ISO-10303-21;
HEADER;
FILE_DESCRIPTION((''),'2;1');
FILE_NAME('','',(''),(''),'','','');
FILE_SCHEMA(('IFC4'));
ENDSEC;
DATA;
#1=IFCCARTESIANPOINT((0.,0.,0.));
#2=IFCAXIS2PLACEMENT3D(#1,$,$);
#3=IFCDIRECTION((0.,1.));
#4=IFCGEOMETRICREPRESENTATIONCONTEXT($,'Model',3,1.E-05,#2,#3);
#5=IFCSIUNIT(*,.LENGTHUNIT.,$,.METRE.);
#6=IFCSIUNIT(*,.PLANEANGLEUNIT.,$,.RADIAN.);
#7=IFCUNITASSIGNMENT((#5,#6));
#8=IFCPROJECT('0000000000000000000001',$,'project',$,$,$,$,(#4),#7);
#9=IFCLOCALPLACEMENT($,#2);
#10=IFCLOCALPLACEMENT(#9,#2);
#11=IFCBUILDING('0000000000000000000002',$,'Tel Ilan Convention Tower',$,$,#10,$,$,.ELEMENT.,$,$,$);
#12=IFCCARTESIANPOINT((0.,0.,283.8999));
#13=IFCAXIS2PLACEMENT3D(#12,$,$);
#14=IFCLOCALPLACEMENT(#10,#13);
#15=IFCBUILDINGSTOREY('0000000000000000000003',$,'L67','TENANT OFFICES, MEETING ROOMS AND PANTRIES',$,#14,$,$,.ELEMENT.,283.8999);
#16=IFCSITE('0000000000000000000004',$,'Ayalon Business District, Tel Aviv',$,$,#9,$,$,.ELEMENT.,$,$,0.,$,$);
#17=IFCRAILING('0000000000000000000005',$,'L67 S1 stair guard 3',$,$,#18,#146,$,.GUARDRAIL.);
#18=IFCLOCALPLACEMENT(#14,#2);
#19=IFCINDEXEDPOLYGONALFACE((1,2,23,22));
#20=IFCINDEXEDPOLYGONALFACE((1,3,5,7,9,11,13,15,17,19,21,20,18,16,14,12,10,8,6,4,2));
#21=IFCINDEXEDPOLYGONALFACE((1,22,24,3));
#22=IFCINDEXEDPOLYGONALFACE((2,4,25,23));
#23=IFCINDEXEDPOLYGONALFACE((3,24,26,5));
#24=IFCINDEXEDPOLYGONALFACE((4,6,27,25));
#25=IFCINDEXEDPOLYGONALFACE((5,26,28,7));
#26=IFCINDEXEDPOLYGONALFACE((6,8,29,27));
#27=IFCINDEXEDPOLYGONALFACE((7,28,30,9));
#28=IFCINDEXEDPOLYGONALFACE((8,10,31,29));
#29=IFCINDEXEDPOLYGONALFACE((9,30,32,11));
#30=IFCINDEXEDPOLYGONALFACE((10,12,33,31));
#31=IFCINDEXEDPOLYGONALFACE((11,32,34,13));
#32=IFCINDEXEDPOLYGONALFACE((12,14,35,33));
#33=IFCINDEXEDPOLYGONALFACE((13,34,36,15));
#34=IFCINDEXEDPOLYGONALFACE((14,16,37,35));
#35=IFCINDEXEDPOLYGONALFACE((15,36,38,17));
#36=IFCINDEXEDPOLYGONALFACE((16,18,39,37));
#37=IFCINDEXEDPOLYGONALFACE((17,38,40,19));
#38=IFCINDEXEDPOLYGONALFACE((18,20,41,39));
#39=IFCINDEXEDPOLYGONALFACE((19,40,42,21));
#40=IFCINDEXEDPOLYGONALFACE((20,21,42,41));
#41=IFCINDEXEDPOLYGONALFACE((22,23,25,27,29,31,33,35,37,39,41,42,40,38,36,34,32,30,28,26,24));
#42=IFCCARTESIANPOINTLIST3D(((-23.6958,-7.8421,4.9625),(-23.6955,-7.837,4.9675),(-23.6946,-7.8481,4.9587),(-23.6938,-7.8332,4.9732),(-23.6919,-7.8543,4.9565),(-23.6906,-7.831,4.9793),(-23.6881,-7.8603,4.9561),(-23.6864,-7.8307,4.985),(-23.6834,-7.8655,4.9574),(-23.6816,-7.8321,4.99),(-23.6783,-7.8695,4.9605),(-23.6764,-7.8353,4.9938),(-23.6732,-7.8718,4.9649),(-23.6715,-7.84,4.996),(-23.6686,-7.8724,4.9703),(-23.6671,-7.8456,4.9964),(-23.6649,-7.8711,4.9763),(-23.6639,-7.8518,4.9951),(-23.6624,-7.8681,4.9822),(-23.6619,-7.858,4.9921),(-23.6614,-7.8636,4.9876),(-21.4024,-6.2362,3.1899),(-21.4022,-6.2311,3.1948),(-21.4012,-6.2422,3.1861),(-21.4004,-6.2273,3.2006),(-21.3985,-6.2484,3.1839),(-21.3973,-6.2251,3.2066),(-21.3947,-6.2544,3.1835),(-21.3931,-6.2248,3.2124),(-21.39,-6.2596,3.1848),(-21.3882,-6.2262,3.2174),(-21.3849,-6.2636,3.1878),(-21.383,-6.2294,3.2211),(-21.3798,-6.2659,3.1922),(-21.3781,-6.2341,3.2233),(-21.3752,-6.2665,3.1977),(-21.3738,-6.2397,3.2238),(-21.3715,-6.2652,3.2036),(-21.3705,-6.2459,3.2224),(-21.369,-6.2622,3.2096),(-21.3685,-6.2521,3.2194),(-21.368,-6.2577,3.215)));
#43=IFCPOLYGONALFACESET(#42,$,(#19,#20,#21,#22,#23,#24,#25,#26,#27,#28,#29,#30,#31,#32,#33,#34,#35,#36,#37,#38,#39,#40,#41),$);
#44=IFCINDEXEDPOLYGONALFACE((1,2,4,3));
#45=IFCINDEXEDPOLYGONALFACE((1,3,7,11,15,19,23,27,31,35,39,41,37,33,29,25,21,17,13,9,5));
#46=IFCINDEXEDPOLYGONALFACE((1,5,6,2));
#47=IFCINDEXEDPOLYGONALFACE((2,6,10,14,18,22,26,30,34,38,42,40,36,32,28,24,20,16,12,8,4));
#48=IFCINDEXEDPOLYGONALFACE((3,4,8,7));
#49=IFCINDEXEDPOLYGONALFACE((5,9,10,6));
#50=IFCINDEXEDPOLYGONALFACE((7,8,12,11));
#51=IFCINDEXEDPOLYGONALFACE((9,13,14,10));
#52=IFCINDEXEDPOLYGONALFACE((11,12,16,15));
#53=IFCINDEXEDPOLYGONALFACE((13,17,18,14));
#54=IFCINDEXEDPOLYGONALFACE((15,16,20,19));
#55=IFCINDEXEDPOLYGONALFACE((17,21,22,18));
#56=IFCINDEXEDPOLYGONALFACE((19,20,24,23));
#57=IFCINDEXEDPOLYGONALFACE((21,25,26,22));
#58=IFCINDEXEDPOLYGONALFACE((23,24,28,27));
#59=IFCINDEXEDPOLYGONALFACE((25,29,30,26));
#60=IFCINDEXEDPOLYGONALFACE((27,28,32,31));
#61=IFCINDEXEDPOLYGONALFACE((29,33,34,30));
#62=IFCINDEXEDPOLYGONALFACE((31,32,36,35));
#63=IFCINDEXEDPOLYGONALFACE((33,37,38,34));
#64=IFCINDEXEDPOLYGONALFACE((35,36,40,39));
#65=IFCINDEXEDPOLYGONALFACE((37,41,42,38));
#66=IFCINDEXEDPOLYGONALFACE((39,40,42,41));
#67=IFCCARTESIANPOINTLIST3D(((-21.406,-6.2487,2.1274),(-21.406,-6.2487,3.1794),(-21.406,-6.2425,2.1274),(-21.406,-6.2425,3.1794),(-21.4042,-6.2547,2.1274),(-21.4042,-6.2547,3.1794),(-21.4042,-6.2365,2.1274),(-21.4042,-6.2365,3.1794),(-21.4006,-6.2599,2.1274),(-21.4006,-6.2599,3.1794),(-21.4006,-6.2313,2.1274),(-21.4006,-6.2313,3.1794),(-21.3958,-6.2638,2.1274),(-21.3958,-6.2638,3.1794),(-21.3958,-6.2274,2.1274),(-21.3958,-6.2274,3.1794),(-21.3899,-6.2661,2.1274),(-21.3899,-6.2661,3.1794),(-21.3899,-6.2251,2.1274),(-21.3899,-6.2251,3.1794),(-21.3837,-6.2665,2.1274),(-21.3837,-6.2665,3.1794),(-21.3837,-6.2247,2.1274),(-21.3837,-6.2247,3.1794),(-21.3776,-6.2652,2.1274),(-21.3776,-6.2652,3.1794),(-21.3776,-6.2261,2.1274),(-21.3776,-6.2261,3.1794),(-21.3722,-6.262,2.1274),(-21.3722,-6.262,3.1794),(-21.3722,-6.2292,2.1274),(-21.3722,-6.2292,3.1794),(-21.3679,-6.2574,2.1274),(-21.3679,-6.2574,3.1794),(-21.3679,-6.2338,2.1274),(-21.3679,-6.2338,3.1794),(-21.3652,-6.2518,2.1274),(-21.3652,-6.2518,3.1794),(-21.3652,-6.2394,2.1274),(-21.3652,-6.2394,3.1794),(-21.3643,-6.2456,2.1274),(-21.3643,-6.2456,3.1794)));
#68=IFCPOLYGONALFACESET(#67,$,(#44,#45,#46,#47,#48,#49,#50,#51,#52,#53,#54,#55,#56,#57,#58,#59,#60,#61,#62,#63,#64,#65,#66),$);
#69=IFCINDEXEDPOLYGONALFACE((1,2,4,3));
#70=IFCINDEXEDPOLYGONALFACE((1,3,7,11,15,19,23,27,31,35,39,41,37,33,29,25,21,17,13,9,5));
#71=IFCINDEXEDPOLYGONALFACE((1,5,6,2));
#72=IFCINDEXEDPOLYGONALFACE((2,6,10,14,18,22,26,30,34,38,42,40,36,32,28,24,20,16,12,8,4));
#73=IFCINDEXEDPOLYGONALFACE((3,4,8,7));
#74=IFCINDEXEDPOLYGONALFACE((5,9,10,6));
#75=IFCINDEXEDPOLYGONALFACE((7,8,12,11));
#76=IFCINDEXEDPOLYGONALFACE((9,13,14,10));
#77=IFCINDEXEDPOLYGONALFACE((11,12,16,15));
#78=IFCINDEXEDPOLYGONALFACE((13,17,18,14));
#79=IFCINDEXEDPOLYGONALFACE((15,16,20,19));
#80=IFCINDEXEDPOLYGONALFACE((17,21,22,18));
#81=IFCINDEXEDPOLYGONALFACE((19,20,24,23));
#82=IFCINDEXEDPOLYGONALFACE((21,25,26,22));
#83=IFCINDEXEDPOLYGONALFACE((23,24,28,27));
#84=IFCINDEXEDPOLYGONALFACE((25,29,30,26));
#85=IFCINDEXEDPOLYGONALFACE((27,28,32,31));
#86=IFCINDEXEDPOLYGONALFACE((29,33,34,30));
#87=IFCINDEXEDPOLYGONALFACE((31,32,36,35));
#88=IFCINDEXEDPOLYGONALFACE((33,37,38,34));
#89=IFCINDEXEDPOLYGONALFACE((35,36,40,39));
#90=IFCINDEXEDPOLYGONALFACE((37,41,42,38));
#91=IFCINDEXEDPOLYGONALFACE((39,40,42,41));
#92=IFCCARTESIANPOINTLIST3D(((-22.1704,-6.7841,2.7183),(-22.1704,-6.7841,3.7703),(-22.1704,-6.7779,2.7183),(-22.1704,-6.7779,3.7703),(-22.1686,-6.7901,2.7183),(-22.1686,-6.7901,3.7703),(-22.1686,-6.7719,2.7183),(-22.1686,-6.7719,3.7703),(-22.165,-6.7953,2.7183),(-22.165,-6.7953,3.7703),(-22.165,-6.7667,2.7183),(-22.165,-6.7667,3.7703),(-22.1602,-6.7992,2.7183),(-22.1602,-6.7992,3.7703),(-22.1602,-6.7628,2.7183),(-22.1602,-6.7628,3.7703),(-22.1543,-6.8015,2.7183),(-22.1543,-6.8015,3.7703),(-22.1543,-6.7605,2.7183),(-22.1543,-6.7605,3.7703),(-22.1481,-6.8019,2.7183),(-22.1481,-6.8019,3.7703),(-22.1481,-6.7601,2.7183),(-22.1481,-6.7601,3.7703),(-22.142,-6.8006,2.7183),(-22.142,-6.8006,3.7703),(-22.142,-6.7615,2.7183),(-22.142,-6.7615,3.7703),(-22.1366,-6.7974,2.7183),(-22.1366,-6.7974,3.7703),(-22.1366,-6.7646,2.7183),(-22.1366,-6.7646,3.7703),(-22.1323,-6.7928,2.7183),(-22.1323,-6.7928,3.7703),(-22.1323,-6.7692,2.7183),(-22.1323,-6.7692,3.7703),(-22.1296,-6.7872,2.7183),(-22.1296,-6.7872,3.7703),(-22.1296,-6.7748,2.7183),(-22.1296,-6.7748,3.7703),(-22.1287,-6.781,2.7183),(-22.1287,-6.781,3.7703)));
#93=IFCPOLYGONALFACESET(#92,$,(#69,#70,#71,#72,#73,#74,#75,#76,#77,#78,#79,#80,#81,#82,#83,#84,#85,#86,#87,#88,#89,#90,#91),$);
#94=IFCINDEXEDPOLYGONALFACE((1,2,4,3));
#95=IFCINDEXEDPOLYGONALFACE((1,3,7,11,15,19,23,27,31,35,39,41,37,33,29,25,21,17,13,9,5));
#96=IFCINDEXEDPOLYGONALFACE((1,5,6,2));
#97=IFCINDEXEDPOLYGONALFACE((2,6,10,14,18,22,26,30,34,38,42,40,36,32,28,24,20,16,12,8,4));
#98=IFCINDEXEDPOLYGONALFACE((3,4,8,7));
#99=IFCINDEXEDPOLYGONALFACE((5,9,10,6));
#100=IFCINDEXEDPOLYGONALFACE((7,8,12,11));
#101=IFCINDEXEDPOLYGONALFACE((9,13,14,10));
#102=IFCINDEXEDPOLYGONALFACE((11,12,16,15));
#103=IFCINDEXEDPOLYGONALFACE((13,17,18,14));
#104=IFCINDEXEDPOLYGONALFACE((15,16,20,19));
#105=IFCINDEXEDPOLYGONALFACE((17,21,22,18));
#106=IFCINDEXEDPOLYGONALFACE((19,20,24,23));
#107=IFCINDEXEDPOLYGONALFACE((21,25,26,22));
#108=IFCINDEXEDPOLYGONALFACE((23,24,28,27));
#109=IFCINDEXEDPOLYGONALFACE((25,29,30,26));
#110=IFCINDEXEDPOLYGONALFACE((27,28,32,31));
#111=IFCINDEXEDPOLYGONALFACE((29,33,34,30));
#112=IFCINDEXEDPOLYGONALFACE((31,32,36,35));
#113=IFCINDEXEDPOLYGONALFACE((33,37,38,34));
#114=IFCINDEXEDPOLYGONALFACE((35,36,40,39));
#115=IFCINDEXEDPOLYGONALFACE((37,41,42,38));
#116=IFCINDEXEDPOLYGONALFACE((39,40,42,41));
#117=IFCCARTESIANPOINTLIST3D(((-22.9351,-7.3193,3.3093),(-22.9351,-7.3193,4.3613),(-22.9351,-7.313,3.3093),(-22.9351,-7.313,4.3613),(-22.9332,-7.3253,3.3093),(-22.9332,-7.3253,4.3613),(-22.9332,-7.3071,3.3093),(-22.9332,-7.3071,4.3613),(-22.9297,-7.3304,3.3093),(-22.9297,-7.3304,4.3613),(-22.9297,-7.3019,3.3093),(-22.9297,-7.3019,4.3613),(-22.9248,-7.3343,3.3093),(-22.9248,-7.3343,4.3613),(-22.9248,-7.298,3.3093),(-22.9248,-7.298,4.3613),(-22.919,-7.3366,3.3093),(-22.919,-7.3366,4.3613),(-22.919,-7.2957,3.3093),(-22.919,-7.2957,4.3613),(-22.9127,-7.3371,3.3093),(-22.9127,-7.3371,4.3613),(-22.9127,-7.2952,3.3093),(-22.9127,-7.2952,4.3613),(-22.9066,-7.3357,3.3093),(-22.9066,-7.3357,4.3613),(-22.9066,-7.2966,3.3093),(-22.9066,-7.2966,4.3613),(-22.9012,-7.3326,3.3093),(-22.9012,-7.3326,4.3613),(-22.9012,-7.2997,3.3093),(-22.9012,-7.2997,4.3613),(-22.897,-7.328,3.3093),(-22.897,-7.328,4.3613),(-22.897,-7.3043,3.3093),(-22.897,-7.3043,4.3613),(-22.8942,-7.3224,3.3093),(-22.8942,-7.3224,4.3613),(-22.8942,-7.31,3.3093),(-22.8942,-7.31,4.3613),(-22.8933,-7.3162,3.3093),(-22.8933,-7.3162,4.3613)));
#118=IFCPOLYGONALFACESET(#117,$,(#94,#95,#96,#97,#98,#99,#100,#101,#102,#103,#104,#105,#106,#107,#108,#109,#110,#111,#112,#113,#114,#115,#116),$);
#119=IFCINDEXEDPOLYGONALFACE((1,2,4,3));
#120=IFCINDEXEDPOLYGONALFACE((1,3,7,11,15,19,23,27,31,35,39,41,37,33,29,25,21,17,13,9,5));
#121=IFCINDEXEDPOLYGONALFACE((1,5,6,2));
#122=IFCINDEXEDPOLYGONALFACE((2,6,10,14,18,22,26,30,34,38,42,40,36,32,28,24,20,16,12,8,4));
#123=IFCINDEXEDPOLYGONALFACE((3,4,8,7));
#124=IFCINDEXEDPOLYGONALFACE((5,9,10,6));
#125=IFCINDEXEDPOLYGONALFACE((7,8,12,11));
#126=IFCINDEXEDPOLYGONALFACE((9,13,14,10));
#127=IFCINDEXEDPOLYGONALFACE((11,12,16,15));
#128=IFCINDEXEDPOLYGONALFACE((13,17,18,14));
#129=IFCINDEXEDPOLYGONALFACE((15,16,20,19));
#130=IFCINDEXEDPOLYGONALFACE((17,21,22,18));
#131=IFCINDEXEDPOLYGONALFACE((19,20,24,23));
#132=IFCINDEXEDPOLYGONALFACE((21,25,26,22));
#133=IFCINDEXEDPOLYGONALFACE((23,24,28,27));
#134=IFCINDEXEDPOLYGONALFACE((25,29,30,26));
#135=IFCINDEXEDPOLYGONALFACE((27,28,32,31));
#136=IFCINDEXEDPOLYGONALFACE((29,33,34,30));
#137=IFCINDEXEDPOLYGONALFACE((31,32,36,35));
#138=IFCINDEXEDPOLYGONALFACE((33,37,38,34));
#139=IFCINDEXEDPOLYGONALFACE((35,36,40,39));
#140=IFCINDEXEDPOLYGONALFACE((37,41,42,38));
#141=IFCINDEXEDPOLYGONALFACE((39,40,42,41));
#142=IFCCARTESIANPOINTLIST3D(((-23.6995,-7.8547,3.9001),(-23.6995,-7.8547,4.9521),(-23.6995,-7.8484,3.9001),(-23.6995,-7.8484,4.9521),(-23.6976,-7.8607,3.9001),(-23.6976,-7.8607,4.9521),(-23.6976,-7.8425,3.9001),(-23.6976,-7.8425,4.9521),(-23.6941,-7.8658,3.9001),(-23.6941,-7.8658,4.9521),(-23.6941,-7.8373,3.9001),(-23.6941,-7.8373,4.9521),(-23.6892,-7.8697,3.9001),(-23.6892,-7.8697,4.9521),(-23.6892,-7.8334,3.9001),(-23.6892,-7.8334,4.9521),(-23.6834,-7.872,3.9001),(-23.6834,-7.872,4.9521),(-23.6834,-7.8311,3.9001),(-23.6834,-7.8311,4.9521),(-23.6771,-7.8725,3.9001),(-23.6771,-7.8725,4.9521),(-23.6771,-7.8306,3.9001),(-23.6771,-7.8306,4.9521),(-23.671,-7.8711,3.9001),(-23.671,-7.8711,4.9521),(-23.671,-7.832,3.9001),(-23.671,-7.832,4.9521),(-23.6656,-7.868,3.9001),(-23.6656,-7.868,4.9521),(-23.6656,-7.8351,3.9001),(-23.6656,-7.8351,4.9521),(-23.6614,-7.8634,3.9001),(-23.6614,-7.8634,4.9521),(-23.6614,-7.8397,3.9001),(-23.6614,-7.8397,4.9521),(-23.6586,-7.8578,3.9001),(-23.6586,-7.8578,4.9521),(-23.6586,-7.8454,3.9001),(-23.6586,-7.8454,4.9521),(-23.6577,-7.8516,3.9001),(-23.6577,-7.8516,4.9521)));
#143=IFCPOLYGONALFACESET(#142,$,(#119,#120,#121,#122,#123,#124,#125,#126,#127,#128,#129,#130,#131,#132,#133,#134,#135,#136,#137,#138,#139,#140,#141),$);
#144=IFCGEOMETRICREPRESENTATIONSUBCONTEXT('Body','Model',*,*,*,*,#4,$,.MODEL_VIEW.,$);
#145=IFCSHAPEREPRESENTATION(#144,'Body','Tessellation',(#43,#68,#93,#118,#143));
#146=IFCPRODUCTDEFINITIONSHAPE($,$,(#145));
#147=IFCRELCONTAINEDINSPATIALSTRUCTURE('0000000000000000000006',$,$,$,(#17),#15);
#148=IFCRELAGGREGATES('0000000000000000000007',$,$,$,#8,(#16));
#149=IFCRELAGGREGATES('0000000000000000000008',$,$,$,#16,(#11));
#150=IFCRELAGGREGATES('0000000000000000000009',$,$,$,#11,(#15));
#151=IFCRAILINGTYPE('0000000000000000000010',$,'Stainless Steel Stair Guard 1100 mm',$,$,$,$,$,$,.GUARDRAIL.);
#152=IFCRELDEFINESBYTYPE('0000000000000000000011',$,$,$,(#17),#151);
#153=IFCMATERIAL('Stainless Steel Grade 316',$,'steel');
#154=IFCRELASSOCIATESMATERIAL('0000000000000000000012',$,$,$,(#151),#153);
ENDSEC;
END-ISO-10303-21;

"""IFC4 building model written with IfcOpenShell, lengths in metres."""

from ifc_helpers import new_model, si_unit, direction, frame, origin, origin_2d, place, context, subcontext, project, spatial, circle, extrude, material, type_object, element, save


model = new_model("IFC4")

# Units and contexts
model_context = context("Model", 3, precision=1e-05, world=origin(), true_north=direction((0.0, 1.0)))
body_context = subcontext(model_context, "Body", "Model", "MODEL_VIEW")
ifc_project = project(units=[si_unit("LENGTHUNIT", "METRE"), si_unit("PLANEANGLEUNIT", "RADIAN")], contexts=[model_context])

# Site, building, storey
site_placement = place(None, origin())
site = spatial("IfcSite", under=ifc_project, at=site_placement, Name="Ayalon Business District, Tel Aviv", CompositionType="ELEMENT", RefElevation=0.0)
building_placement = place(site_placement, origin())
building = spatial("IfcBuilding", under=site, at=building_placement, Name="Tel Ilan Convention Tower", CompositionType="ELEMENT")
storey_placement = place(building_placement, frame((0.0, 0.0, 283.8999)))
storey = spatial("IfcBuildingStorey", under=building, at=storey_placement, Name="L67", Description="TENANT OFFICES, MEETING ROOMS AND PANTRIES", CompositionType="ELEMENT", Elevation=283.8999)

# Railing
ifc_material_1 = material(Name="Stainless Steel Grade 316", Category="steel")
railing_type_1 = type_object("IfcRailingType", Name="Stainless Steel Stair Guard 1100 mm", PredefinedType="GUARDRAIL", material=ifc_material_1)
railing_1_placement = place(storey_placement, frame((-21.3853, -6.2456, 2.1274)))
element("IfcRailing", 1, at=railing_1_placement, inside=storey, type_object=railing_type_1, Name="L67 S1 stair guard 3", PredefinedType="GUARDRAIL", context=body_context, shape_type="SweptSolid", body=[
    extrude(circle(Radius=0.0239, at=origin_2d()), frame((0.0, 0.0, 1.0762), z_axis=(-0.692085, -0.484621, 0.53494), x_axis=(0.573591, -0.819142, 0.0)), (0.0, 0.0, 1.0), 3.3137),
    extrude(circle(Radius=0.021, at=origin_2d()), origin(), (0.0, 0.0, 1.0), 1.052),
    extrude(circle(Radius=0.021, at=origin_2d()), frame((-0.7644, -0.5354, 0.5908)), (0.0, 0.0, 1.0), 1.052),
    extrude(circle(Radius=0.021, at=origin_2d()), frame((-1.5291, -1.0706, 1.1819)), (0.0, 0.0, 1.0), 1.052),
    extrude(circle(Radius=0.021, at=origin_2d()), frame((-2.2935, -1.606, 1.7727)), (0.0, 0.0, 1.0), 1.052),
])

save(model, "model.ifc")
